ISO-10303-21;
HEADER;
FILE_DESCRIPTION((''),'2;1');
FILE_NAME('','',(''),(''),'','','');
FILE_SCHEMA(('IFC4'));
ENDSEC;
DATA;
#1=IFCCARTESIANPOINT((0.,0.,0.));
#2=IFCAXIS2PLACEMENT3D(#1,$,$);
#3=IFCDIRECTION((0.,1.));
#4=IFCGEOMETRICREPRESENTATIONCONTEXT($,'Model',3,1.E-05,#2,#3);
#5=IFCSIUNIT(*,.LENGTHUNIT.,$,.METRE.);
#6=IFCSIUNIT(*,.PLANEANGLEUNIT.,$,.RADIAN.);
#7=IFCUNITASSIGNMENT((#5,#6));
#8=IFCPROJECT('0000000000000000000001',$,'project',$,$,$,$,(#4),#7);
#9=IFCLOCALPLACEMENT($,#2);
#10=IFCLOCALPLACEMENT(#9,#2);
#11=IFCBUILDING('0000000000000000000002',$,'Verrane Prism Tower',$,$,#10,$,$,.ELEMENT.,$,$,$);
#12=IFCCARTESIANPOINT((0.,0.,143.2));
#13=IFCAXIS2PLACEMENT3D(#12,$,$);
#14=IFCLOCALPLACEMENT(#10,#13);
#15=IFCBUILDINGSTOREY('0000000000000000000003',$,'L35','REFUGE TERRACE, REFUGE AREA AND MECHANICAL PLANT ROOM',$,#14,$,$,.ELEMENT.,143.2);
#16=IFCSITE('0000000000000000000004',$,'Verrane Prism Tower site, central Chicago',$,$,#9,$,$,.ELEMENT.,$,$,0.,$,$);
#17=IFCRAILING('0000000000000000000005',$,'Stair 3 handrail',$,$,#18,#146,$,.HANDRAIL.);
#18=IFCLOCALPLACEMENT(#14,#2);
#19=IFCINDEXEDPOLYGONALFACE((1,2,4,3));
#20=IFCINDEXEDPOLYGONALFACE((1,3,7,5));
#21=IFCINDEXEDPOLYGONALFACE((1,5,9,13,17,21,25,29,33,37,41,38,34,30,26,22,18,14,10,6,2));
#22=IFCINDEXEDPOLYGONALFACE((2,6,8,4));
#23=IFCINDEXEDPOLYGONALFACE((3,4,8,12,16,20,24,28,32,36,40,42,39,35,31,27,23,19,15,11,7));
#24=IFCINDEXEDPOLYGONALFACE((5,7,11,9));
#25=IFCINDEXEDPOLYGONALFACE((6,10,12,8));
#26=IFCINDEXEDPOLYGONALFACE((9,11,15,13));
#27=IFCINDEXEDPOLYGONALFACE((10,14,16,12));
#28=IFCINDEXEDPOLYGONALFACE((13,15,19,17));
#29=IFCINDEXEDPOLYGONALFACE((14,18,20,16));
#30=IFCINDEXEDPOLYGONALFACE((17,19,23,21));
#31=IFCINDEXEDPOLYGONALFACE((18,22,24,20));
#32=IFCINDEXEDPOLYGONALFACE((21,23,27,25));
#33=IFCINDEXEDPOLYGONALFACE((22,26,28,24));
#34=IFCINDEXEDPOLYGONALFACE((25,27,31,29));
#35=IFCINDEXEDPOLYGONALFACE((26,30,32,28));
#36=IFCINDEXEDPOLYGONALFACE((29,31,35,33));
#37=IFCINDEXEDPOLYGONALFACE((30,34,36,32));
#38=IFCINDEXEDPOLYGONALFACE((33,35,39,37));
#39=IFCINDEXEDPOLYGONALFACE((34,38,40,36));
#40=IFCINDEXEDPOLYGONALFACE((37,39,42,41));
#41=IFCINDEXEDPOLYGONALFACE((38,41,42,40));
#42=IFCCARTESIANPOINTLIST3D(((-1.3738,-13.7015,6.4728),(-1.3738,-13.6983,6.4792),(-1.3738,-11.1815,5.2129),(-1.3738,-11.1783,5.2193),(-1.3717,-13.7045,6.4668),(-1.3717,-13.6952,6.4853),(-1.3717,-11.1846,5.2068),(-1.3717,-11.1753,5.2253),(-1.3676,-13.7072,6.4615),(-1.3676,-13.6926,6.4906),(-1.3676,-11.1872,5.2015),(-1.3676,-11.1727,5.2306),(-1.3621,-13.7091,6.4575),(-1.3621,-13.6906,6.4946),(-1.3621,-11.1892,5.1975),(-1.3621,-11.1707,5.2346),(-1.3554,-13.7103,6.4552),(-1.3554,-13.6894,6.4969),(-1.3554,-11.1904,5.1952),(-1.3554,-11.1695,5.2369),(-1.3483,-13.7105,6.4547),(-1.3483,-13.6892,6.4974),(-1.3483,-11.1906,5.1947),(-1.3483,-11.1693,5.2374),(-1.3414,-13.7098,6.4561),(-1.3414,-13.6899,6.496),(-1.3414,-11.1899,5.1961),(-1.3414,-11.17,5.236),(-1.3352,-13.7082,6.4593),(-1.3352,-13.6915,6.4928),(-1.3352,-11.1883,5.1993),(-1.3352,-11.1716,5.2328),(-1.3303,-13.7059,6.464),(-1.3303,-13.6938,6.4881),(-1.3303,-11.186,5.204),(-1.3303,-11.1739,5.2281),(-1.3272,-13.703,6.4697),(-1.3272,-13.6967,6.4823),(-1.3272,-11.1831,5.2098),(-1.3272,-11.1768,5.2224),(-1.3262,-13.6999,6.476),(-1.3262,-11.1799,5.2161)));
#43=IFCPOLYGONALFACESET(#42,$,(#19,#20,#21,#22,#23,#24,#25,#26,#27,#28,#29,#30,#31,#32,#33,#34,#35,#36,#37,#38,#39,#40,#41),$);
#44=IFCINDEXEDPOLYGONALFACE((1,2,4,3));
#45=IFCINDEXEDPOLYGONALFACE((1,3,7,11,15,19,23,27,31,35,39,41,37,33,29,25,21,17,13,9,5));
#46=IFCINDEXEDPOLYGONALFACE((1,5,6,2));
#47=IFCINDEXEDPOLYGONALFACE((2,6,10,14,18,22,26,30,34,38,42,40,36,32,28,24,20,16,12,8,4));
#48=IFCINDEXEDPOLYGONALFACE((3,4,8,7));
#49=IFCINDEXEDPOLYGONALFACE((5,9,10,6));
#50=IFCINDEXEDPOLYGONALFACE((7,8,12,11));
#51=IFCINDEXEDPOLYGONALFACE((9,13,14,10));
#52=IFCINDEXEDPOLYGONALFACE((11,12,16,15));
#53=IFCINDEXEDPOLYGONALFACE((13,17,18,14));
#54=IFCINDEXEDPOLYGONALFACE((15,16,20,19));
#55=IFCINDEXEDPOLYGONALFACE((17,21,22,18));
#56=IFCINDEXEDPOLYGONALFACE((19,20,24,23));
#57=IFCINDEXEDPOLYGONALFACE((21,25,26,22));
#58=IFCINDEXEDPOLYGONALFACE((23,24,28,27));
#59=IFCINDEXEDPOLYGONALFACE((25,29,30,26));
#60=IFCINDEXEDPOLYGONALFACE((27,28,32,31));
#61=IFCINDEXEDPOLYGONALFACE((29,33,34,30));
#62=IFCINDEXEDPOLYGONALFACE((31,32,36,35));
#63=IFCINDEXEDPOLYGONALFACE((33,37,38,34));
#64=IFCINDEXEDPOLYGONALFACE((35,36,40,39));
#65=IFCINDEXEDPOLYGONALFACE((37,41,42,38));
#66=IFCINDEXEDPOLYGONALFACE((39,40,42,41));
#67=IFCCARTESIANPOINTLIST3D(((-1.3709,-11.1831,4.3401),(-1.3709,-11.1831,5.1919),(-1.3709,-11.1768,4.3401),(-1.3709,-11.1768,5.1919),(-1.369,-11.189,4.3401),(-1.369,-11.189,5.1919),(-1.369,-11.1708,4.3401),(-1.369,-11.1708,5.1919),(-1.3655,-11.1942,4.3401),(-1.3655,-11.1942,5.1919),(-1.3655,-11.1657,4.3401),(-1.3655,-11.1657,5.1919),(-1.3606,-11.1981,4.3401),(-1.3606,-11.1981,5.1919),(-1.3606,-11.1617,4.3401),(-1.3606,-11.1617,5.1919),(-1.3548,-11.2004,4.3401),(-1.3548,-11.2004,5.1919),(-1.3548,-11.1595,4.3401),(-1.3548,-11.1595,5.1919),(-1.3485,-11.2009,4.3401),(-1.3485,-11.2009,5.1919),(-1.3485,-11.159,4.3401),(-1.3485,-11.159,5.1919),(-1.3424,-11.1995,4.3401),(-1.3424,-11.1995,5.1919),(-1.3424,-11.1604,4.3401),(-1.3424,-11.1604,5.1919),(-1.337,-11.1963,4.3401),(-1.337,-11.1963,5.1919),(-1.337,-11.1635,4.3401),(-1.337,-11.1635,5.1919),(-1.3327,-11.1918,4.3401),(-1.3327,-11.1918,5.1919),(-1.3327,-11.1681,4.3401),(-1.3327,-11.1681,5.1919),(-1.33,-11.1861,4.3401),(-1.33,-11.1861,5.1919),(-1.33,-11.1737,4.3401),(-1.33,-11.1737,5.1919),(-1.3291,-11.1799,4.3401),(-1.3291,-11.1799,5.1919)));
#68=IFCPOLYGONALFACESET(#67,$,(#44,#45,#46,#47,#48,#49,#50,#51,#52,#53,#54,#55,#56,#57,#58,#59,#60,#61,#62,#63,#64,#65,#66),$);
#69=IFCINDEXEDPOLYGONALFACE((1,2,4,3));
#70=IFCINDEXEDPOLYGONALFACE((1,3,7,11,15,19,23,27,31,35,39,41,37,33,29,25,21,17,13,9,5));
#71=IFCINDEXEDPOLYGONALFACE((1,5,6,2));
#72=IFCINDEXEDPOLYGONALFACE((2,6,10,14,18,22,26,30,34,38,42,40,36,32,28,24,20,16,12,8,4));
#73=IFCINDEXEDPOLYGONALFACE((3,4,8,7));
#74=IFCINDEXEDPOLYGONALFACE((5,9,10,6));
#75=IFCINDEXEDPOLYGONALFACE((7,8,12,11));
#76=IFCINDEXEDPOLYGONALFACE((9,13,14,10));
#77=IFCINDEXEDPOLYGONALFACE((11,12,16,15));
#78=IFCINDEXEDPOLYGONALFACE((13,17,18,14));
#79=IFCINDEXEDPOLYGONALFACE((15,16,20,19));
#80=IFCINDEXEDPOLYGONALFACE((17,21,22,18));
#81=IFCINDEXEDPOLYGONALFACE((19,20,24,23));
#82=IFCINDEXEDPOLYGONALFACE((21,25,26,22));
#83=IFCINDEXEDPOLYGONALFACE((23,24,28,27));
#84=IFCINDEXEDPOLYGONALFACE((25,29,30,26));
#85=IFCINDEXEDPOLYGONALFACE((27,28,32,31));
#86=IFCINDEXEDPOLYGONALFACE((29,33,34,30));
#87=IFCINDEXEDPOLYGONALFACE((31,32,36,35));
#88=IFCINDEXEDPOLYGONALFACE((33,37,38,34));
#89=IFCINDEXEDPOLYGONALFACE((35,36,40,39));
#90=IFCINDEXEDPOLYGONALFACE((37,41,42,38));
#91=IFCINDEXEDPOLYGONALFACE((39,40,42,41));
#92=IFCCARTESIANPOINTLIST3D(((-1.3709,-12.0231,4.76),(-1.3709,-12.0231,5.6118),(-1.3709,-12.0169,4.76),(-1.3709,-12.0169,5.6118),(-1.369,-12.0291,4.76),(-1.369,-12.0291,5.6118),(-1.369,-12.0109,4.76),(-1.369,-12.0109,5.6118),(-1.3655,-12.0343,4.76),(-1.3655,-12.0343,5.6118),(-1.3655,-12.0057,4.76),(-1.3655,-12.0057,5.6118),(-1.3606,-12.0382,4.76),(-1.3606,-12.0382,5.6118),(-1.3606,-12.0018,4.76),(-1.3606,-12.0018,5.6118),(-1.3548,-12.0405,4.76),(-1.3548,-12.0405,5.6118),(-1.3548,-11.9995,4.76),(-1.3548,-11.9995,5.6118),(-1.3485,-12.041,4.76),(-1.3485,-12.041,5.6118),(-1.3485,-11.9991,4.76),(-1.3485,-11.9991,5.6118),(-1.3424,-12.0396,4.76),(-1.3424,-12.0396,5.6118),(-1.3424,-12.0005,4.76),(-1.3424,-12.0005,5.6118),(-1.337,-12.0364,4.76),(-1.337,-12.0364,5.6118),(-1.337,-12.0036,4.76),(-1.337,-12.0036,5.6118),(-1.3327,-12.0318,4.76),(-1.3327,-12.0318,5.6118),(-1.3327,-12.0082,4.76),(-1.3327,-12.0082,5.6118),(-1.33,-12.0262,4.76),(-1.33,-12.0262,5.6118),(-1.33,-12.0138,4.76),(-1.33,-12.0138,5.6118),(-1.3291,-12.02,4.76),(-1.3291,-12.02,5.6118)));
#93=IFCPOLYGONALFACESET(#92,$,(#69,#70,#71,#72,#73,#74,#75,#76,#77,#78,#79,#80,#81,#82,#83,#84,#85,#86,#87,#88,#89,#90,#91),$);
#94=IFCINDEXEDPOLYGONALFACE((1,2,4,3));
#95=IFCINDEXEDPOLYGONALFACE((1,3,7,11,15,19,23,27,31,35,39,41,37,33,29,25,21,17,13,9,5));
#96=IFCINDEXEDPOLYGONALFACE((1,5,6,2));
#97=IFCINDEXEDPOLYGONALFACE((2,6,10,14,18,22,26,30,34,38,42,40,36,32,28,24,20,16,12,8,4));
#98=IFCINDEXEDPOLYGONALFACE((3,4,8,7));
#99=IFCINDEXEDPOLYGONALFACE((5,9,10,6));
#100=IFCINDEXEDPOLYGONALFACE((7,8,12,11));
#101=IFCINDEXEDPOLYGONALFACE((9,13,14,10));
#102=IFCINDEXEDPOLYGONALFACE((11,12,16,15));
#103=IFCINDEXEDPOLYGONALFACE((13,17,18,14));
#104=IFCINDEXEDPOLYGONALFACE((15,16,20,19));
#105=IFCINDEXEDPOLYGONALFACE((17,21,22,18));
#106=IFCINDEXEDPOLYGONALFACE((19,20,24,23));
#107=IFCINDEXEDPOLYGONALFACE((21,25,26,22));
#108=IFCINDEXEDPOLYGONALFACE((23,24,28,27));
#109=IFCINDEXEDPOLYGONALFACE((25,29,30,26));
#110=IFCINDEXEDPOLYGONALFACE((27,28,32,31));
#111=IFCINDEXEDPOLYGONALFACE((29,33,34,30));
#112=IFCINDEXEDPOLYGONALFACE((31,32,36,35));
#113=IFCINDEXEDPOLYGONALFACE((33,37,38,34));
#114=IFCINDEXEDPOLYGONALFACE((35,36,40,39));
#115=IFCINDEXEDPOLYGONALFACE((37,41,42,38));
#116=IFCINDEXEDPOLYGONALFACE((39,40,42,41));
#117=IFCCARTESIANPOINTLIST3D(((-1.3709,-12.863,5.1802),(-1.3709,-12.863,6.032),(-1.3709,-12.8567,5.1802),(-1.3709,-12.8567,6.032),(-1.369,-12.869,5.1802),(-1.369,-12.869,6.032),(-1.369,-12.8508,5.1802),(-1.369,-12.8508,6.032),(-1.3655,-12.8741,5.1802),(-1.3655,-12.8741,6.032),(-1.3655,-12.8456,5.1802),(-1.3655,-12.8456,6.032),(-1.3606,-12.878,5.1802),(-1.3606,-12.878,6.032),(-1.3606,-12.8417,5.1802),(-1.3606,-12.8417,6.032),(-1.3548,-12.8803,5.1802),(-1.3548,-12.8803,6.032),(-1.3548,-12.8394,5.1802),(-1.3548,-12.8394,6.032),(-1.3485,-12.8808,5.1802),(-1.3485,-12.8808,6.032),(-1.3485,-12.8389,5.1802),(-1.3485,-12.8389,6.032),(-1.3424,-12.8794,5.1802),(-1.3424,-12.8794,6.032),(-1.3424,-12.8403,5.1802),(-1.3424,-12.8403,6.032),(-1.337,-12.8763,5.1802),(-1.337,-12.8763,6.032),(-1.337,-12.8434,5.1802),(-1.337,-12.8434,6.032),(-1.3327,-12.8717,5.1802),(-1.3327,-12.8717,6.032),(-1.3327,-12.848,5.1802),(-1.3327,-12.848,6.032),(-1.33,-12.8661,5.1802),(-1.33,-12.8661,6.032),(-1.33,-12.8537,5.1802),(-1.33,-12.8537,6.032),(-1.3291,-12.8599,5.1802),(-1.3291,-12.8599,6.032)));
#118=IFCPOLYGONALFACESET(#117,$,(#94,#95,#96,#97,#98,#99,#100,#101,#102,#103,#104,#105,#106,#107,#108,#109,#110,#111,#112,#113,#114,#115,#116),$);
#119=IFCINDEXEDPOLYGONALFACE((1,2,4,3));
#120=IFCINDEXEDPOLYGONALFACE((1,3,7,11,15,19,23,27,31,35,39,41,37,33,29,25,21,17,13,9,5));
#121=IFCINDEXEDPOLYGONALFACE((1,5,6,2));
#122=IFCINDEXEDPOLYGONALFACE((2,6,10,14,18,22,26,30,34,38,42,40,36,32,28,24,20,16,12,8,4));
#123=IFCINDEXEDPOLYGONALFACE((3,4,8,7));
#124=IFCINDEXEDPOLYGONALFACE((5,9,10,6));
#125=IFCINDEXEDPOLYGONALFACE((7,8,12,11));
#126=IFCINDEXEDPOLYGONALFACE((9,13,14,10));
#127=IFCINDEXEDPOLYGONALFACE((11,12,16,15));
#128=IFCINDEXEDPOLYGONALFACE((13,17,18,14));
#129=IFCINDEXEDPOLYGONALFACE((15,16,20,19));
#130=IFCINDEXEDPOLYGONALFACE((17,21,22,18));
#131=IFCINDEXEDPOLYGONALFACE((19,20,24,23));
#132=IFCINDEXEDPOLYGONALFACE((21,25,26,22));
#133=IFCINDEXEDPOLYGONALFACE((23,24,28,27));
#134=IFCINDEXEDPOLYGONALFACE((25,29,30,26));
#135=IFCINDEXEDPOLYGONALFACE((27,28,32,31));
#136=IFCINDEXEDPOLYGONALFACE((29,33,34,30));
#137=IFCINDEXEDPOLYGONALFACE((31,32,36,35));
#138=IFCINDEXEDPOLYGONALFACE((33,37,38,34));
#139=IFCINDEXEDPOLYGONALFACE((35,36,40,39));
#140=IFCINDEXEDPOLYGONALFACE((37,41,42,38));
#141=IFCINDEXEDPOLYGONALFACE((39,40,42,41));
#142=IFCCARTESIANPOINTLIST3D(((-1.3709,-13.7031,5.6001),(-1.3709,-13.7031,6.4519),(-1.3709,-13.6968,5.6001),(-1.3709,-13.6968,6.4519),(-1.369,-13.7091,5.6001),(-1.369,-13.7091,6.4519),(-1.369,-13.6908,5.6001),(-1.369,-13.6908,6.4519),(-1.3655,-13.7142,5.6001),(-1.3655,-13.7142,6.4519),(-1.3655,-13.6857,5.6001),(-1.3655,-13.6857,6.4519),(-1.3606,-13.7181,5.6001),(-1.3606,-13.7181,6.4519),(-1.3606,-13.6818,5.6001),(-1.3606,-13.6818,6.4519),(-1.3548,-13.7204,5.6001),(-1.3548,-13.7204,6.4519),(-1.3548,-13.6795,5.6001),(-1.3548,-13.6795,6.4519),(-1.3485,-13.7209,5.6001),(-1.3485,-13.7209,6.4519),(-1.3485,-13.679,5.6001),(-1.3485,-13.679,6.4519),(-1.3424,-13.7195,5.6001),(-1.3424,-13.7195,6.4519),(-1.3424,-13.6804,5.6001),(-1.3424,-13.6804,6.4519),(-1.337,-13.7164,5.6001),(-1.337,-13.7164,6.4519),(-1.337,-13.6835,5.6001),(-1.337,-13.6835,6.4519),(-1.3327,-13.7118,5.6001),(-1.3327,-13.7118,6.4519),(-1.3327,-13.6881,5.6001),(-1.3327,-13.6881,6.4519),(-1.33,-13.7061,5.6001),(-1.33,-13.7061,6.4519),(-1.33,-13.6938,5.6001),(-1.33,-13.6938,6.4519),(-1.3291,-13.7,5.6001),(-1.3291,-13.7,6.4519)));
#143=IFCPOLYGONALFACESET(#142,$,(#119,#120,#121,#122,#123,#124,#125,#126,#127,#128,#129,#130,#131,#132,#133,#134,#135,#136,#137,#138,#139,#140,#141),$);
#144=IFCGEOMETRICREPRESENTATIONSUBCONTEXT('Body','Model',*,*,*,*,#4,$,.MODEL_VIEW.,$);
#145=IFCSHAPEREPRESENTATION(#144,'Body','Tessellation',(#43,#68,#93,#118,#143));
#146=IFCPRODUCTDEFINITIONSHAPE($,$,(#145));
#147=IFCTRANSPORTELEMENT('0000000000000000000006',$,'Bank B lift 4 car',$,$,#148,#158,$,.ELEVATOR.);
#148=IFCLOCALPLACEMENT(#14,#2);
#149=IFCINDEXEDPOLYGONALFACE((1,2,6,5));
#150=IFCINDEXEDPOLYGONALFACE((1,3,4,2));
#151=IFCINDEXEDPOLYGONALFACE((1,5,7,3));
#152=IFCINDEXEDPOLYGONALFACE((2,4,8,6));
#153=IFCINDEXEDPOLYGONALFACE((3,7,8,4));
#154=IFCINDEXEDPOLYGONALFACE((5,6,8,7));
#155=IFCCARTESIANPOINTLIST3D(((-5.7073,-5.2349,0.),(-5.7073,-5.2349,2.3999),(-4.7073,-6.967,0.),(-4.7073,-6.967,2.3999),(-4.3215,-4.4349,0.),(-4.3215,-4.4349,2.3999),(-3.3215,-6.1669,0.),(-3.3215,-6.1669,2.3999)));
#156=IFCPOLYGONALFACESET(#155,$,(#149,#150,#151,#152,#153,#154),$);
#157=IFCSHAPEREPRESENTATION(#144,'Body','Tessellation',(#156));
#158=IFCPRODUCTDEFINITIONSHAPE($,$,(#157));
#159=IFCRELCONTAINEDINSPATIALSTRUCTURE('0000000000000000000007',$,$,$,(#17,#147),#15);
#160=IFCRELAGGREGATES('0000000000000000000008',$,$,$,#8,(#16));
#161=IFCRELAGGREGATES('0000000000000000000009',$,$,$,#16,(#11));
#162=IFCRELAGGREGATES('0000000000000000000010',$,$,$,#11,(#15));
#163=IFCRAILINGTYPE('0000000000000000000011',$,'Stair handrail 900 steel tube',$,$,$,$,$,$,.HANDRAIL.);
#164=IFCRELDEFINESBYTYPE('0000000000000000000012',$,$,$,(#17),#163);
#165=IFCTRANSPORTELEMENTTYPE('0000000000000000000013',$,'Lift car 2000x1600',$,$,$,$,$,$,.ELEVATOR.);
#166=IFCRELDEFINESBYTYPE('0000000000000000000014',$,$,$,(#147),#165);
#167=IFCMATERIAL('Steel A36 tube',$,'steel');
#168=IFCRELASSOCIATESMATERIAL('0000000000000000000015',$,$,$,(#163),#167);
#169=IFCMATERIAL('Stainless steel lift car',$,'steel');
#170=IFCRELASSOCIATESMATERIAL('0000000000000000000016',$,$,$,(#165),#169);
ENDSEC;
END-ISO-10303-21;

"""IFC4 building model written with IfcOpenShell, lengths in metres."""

from ifc_helpers import new_model, si_unit, direction, frame, origin, origin_2d, place, context, subcontext, project, spatial, rectangle, circle, extrude, material, type_object, element, save


model = new_model("IFC4")

# Units and contexts
model_context = context("Model", 3, precision=1e-05, world=origin(), true_north=direction((0.0, 1.0)))
body_context = subcontext(model_context, "Body", "Model", "MODEL_VIEW")
ifc_project = project(units=[si_unit("LENGTHUNIT", "METRE"), si_unit("PLANEANGLEUNIT", "RADIAN")], contexts=[model_context])

# Site, building, storey
site_placement = place(None, origin())
site = spatial("IfcSite", under=ifc_project, at=site_placement, Name="Verrane Prism Tower site, central Chicago", CompositionType="ELEMENT", RefElevation=0.0)
building_placement = place(site_placement, origin())
building = spatial("IfcBuilding", under=site, at=building_placement, Name="Verrane Prism Tower", CompositionType="ELEMENT")
storey_placement = place(building_placement, frame((0.0, 0.0, 143.2)))
storey = spatial("IfcBuildingStorey", under=building, at=storey_placement, Name="L35", Description="REFUGE TERRACE, REFUGE AREA AND MECHANICAL PLANT ROOM", CompositionType="ELEMENT", Elevation=143.2)

# Railing
ifc_material_1 = material(Name="Steel A36 tube", Category="steel")
railing_type = type_object("IfcRailingType", Name="Stair handrail 900 steel tube", PredefinedType="HANDRAIL", material=ifc_material_1)
for number, where, name in (
    (1, (-1.3501, -11.1799, 4.3401), "Stair 3 handrail"),
):
    element("IfcRailing", number, at=place(storey_placement, frame(where)), inside=storey, type_object=railing_type, Name=name, PredefinedType="HANDRAIL", context=body_context, shape_type="SweptSolid", body=[
        extrude(circle(Radius=0.0239, at=origin_2d()), frame((0.0, 0.0, 0.876), z_axis=(0.0, -0.894427, 0.447214), x_axis=(1.0, 0.0, 0.0)), (0.0, 0.0, 1.0), 2.8174),
        extrude(circle(Radius=0.021, at=origin_2d()), origin(), (0.0, 0.0, 1.0), 0.8518),
        extrude(circle(Radius=0.021, at=origin_2d()), frame((0.0, -0.8401, 0.4199)), (0.0, 0.0, 1.0), 0.8518),
        extrude(circle(Radius=0.021, at=origin_2d()), frame((0.0, -1.6799, 0.8401)), (0.0, 0.0, 1.0), 0.8518),
        extrude(circle(Radius=0.021, at=origin_2d()), frame((0.0, -2.52, 1.26)), (0.0, 0.0, 1.0), 0.8518),
    ])

# Transport element
ifc_material_2 = material(Name="Stainless steel lift car", Category="steel")
transport_element_type = type_object("IfcTransportElementType", Name="Lift car 2000x1600", PredefinedType="ELEVATOR", material=ifc_material_2)
transport_element_placement = place(storey_placement, frame((-4.5144, -5.7009, 0.0), z_axis=(0.0, 0.0, 1.0), x_axis=(0.5, -0.866025, 0.0)))
element("IfcTransportElement", 2, at=transport_element_placement, inside=storey, type_object=transport_element_type, Name="Bank B lift 4 car", PredefinedType="ELEVATOR", context=body_context, shape_type="SweptSolid", body=[
    extrude(rectangle(XDim=2.0, YDim=1.6001, at=origin_2d()), origin(), (0.0, 0.0, 1.0), 2.3999),
])

save(model, "model.ifc")
